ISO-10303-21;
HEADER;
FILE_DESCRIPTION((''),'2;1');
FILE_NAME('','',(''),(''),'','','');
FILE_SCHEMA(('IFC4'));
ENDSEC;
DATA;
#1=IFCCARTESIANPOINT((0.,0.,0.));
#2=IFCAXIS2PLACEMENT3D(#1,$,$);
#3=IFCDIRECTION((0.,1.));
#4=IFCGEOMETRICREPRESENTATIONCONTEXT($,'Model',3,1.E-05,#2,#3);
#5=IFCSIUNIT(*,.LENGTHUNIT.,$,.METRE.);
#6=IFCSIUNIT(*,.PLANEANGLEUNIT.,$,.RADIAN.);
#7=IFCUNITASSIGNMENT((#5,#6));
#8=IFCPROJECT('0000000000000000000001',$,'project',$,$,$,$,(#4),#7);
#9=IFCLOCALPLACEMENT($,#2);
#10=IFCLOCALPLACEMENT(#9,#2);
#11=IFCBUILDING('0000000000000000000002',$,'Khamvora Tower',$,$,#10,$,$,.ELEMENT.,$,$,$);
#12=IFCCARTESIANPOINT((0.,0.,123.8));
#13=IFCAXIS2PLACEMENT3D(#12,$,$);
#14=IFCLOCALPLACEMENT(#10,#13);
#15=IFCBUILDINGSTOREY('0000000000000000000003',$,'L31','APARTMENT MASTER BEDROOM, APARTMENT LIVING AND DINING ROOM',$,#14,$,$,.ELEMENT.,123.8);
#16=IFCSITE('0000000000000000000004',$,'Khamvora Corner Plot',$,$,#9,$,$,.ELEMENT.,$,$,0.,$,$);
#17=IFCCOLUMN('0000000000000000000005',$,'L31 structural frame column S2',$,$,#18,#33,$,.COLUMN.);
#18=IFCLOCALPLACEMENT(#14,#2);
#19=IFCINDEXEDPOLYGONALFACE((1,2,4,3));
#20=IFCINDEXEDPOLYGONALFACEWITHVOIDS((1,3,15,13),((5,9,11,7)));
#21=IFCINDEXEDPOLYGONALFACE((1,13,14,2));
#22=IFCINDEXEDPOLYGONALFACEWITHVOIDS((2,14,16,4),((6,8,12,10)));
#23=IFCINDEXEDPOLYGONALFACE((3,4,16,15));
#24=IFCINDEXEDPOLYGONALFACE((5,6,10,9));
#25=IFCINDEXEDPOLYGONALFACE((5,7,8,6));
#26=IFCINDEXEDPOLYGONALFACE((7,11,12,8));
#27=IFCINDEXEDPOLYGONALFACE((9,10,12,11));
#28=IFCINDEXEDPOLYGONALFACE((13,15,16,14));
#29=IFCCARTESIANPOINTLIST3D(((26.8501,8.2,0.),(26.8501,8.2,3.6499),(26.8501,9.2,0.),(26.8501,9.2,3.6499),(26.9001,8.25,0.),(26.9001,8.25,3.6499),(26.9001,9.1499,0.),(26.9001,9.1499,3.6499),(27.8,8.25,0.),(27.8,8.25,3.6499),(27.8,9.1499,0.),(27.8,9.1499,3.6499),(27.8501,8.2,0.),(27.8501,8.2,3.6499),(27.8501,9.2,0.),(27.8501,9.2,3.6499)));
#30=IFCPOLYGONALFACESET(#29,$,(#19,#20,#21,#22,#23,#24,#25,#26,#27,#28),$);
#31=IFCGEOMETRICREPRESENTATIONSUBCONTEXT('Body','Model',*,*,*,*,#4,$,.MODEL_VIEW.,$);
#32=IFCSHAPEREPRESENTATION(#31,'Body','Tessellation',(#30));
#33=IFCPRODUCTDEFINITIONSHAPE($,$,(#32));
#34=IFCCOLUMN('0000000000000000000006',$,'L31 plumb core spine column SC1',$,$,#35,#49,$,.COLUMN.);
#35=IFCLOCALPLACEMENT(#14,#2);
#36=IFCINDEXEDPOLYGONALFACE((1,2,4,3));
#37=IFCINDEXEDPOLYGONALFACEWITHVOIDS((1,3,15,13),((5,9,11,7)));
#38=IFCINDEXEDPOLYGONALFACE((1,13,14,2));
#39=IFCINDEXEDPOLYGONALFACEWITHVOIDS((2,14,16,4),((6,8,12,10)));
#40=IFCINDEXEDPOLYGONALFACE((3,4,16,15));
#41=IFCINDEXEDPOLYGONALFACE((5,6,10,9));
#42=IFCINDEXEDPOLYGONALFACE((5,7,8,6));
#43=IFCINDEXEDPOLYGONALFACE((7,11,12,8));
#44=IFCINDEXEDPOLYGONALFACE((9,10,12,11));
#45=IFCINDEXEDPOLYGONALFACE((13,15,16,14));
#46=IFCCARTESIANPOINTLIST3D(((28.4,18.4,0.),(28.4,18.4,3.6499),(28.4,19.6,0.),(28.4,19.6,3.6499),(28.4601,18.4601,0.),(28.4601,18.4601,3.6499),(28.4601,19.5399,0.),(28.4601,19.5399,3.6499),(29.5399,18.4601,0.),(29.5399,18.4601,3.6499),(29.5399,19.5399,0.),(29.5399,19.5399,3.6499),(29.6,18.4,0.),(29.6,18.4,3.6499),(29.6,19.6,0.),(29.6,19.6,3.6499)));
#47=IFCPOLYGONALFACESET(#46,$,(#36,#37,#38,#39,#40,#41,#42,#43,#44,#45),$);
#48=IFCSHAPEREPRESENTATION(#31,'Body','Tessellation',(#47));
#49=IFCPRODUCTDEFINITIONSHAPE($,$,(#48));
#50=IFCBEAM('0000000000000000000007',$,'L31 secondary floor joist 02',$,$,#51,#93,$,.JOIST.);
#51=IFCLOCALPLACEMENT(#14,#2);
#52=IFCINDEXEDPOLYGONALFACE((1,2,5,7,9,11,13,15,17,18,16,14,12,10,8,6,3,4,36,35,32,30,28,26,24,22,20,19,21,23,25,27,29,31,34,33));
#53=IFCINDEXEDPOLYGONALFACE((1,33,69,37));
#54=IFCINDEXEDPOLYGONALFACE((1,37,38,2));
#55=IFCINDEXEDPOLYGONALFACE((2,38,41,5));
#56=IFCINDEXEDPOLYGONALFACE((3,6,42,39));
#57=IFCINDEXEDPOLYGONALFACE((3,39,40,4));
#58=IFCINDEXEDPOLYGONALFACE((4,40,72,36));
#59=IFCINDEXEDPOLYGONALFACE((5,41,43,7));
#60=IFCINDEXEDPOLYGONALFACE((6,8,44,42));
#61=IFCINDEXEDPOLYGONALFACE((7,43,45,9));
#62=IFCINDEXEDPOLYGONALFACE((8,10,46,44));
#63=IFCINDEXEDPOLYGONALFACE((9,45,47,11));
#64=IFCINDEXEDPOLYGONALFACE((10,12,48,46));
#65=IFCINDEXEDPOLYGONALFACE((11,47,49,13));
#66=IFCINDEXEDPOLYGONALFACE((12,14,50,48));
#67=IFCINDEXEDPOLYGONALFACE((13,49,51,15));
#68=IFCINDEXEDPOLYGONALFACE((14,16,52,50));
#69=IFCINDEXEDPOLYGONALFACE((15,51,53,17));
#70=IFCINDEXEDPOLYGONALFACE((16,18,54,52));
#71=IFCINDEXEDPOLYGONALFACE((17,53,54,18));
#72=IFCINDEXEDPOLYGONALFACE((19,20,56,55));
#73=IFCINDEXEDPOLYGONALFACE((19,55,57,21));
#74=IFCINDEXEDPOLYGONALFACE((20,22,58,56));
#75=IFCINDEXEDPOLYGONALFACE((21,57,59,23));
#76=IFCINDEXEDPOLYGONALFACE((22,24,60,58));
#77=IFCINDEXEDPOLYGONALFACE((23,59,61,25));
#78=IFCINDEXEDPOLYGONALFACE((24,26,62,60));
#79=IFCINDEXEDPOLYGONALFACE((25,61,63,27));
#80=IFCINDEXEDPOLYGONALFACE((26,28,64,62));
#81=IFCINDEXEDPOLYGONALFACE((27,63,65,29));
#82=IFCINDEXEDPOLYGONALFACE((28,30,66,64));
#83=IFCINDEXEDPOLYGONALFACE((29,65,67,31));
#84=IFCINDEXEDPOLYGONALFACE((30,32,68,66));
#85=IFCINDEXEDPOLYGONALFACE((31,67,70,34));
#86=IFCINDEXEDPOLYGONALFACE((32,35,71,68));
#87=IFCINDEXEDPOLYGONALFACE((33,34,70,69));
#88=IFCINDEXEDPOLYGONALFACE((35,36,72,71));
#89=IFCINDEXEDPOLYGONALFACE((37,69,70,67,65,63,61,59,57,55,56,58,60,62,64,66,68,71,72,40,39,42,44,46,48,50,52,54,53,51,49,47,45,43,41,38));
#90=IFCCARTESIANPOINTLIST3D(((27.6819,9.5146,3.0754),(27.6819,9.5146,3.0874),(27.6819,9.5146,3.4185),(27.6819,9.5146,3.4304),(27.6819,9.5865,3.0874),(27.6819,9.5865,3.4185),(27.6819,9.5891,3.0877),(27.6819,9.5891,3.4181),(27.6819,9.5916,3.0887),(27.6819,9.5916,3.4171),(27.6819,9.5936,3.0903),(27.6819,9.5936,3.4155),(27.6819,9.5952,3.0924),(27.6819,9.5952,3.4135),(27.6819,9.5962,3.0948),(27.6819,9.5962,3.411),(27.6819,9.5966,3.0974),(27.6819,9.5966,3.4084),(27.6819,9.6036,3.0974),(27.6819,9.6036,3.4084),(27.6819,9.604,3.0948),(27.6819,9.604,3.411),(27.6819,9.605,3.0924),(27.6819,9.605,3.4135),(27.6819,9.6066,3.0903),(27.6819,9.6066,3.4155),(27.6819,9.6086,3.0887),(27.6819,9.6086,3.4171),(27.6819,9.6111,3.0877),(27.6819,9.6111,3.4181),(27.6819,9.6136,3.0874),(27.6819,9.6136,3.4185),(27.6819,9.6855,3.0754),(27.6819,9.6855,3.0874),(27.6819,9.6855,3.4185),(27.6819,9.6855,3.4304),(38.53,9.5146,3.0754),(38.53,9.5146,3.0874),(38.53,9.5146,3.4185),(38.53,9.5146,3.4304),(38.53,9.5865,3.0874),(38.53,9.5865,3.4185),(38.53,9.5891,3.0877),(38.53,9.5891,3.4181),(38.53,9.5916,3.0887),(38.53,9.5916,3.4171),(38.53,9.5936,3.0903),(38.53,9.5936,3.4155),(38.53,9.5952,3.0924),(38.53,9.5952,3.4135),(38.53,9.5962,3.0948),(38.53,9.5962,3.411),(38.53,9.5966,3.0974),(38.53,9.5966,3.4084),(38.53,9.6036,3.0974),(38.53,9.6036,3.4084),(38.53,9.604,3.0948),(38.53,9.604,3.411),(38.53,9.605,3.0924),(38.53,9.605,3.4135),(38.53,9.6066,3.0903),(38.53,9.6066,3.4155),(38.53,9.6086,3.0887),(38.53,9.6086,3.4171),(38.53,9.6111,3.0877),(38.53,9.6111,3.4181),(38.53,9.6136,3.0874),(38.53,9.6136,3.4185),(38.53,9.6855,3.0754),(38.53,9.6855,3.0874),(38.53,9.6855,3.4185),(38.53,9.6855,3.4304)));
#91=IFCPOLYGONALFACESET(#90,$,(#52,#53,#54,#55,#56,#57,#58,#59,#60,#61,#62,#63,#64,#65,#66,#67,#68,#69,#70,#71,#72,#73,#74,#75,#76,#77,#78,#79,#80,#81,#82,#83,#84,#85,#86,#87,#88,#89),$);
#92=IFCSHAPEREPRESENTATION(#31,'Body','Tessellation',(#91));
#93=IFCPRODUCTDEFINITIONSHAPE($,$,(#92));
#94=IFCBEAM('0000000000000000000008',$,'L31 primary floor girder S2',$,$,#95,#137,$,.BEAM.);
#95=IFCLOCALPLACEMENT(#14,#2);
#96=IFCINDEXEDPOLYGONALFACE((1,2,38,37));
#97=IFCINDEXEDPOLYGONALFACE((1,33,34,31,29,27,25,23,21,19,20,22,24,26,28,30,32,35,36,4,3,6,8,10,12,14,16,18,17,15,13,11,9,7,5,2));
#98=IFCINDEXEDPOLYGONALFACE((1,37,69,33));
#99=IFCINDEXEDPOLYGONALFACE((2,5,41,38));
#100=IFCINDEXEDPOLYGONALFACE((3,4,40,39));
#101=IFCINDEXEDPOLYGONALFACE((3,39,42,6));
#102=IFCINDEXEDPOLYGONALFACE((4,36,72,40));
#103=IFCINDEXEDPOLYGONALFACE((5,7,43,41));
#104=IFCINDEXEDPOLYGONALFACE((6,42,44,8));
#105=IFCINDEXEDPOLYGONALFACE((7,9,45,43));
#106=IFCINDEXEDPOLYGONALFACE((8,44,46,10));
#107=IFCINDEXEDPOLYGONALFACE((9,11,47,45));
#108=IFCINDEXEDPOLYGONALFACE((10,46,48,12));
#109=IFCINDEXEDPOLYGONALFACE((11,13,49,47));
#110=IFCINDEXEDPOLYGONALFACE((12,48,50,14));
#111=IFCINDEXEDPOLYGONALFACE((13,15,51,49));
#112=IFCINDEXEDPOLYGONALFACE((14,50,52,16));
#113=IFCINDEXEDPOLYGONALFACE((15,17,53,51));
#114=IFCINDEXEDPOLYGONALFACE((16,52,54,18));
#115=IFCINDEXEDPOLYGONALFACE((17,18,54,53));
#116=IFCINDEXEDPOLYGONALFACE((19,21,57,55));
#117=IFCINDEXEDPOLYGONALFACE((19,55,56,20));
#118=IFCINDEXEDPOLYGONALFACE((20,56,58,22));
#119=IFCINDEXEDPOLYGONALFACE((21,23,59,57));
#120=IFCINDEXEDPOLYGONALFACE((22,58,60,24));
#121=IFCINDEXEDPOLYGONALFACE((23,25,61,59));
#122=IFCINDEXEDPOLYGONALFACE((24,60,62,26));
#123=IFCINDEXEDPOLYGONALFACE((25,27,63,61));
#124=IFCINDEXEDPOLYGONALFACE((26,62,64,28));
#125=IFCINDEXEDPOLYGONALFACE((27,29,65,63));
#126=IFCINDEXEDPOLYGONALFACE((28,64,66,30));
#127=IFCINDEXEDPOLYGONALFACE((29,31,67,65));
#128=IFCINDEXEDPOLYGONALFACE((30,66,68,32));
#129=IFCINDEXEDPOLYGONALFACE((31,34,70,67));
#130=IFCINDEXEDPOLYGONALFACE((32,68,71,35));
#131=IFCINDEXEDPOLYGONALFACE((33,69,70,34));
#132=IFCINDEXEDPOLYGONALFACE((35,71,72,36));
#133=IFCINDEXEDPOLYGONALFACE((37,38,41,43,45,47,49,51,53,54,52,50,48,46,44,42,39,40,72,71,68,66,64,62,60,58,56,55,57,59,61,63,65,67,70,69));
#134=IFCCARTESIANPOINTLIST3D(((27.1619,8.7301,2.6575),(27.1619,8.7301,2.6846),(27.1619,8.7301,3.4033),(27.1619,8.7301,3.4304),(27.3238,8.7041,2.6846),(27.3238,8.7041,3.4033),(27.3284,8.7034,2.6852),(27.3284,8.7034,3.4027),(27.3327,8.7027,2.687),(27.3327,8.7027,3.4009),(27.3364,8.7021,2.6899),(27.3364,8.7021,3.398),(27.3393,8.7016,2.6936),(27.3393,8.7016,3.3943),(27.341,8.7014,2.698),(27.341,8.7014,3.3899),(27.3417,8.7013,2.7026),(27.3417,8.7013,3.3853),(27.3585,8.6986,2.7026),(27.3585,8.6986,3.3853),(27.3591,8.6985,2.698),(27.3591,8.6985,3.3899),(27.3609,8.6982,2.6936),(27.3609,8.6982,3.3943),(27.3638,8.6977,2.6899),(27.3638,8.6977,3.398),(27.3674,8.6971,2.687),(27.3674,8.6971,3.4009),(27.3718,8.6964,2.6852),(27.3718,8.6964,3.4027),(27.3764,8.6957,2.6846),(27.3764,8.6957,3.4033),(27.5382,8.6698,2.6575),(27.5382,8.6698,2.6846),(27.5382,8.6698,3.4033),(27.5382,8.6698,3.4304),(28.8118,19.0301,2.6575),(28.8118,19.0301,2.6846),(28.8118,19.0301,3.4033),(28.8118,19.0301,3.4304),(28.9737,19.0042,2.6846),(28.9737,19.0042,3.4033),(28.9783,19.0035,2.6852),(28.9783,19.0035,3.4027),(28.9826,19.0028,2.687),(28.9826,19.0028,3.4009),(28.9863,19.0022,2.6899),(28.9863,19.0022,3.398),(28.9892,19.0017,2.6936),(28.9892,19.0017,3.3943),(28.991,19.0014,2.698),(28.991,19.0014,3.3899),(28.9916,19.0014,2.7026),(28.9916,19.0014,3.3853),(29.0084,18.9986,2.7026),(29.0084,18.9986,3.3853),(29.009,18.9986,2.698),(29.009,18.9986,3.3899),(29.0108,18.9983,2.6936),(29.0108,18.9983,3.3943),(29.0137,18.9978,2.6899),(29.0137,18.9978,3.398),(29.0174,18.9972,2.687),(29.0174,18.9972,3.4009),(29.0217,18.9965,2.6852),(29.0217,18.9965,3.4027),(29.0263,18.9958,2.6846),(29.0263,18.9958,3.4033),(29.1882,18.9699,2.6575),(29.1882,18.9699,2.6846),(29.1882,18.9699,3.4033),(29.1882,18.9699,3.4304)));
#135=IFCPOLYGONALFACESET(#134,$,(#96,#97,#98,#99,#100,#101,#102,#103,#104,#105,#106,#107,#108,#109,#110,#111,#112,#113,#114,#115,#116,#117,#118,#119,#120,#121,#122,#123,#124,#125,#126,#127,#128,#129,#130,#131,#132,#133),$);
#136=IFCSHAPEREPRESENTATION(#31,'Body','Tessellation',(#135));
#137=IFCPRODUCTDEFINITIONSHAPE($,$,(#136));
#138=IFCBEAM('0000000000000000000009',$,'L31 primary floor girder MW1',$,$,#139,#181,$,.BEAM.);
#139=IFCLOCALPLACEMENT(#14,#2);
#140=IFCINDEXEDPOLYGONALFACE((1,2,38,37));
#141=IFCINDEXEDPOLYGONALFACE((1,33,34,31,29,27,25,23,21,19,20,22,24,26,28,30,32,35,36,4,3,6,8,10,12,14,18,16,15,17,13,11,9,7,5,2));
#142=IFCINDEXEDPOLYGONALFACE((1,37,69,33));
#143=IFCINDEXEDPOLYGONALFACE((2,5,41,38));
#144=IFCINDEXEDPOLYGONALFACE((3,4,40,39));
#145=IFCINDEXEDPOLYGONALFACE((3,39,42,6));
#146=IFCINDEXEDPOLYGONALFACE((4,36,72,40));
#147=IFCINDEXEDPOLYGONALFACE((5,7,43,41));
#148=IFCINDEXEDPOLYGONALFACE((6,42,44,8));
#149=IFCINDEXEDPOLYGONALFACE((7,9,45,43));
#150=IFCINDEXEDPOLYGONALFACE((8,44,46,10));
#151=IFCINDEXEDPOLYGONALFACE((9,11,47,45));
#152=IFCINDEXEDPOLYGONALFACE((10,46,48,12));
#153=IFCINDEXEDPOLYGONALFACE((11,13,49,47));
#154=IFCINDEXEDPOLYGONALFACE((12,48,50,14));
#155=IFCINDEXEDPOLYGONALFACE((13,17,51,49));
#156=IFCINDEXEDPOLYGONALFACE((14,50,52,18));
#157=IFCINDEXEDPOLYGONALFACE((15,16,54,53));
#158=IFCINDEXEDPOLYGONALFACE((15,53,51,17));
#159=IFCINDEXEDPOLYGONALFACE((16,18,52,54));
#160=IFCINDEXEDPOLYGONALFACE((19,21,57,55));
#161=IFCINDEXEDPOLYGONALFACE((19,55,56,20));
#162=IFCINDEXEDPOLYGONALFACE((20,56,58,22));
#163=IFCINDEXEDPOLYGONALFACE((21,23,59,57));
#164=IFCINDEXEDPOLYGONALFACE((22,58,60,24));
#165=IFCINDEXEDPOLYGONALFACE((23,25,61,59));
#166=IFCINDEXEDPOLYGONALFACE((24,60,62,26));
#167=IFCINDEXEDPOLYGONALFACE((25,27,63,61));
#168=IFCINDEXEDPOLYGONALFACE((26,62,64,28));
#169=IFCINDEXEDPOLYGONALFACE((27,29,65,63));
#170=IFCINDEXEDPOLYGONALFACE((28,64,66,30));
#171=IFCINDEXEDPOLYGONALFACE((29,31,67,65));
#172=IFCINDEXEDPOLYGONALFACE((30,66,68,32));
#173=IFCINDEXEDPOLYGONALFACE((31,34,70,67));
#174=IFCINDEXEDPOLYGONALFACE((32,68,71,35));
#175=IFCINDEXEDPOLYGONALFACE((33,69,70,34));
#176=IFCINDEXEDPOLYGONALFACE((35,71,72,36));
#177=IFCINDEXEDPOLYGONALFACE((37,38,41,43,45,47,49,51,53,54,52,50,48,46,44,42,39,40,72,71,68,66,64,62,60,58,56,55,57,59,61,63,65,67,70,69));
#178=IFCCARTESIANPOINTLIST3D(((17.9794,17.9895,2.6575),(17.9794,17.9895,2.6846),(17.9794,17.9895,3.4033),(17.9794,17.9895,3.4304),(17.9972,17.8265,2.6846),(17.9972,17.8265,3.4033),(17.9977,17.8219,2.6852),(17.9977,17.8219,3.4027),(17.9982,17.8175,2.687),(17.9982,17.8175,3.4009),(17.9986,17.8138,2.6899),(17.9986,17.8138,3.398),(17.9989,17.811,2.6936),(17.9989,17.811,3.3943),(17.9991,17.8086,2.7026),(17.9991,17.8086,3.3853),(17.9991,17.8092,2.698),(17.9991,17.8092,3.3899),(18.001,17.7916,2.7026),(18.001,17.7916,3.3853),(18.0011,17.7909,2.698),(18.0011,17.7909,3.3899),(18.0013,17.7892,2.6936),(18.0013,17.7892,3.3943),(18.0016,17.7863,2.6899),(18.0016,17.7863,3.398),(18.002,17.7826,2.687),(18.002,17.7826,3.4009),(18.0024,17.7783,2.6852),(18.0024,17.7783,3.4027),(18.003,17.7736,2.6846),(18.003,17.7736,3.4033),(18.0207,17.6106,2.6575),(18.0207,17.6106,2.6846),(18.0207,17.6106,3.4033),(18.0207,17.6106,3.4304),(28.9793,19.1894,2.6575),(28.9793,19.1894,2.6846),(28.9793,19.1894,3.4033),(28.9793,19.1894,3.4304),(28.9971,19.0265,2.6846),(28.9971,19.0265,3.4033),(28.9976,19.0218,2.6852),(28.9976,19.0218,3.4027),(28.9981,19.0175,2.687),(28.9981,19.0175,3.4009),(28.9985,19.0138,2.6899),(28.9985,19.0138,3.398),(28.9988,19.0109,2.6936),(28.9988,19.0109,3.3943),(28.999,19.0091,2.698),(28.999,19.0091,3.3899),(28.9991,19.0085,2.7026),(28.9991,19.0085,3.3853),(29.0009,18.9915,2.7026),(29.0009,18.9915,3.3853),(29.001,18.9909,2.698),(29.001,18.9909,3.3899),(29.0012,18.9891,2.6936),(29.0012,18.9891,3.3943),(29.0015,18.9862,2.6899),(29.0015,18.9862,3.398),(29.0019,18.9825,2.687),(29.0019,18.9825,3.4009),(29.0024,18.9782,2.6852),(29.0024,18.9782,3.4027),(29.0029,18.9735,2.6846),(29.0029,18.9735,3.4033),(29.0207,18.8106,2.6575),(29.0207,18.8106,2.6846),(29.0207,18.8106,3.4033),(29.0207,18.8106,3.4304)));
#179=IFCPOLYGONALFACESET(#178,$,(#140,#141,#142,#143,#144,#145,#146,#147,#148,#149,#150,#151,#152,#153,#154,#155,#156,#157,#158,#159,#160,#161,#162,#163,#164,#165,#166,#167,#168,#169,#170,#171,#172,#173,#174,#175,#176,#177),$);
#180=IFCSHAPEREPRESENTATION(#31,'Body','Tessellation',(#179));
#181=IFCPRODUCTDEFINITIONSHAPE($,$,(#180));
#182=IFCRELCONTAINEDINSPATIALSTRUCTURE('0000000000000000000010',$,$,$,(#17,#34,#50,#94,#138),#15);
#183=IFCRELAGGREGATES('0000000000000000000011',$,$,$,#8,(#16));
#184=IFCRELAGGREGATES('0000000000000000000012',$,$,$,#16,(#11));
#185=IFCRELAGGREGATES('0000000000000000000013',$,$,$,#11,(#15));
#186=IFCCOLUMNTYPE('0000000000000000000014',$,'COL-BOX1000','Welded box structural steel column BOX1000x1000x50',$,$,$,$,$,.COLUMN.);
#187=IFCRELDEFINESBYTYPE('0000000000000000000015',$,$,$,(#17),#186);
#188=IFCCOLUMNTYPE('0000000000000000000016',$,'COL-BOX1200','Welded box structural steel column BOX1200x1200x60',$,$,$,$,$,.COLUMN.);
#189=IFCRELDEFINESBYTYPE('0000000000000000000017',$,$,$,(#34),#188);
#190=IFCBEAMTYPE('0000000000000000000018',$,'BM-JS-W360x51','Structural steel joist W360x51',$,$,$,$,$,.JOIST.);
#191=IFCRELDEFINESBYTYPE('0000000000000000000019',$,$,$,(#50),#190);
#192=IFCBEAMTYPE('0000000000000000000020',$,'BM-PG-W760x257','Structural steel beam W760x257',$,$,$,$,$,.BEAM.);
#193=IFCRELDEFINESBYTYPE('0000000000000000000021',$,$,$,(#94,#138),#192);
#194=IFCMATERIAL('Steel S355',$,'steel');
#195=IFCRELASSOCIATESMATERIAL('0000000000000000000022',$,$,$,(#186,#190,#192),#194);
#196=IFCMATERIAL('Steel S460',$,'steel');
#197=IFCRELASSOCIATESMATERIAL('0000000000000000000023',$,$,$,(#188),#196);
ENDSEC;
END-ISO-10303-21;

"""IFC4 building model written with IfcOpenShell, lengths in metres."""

from ifc_helpers import new_model, si_unit, direction, frame, origin, origin_2d, place, context, subcontext, project, spatial, hollow_rectangle, i_section, extrude, material, material_profile, profile_set, type_object, element, save


model = new_model("IFC4")

# Units and contexts
model_context = context("Model", 3, precision=1e-05, world=origin(), true_north=direction((0.0, 1.0)))
body_context = subcontext(model_context, "Body", "Model", "MODEL_VIEW")
ifc_project = project(units=[si_unit("LENGTHUNIT", "METRE"), si_unit("PLANEANGLEUNIT", "RADIAN")], contexts=[model_context])

# Site, building, storey
site_placement = place(None, origin())
site = spatial("IfcSite", under=ifc_project, at=site_placement, Name="Khamvora Corner Plot", CompositionType="ELEMENT", RefElevation=0.0)
building_placement = place(site_placement, origin())
building = spatial("IfcBuilding", under=site, at=building_placement, Name="Khamvora Tower", CompositionType="ELEMENT")
storey_placement = place(building_placement, frame((0.0, 0.0, 123.8)))
storey = spatial("IfcBuildingStorey", under=building, at=storey_placement, Name="L31", Description="APARTMENT MASTER BEDROOM, APARTMENT LIVING AND DINING ROOM", CompositionType="ELEMENT", Elevation=123.8)

# Columns
ifc_material_1 = material(Name="Steel S355", Category="steel")
ifc_material_profile_1 = material_profile(ifc_material_1, hollow_rectangle(XDim=1.0, YDim=1.0, WallThickness=0.05, at=origin_2d()), Name="BOX1000x1000x50")
ifc_profile_set_1 = profile_set([ifc_material_profile_1], Name="Steel S355")
column_type_1 = type_object("IfcColumnType", Name="COL-BOX1000", Description="Welded box structural steel column BOX1000x1000x50", PredefinedType="COLUMN", material=ifc_profile_set_1)
column_1_placement = place(storey_placement, frame((27.3501, 8.7, 0.0), z_axis=(0.0, 0.0, 1.0), x_axis=(1.0, 0.0, 0.0)))
element("IfcColumn", 1, at=column_1_placement, inside=storey, type_object=column_type_1, Name="L31 structural frame column S2", PredefinedType="COLUMN", context=body_context, shape_type="SweptSolid", body=[
    extrude(hollow_rectangle(XDim=1.0, YDim=1.0, WallThickness=0.05, at=origin_2d()), origin(), (0.0, 0.0, 1.0), 3.6499),
])
ifc_material_2 = material(Name="Steel S460", Category="steel")
ifc_material_profile_2 = material_profile(ifc_material_2, hollow_rectangle(XDim=1.2, YDim=1.2, WallThickness=0.0601, at=origin_2d()), Name="BOX1200x1200x60")
ifc_profile_set_2 = profile_set([ifc_material_profile_2], Name="Steel S460")
column_type_2 = type_object("IfcColumnType", Name="COL-BOX1200", Description="Welded box structural steel column BOX1200x1200x60", PredefinedType="COLUMN", material=ifc_profile_set_2)
column_2_placement = place(storey_placement, frame((29.0, 19.0, 0.0), z_axis=(0.0, 0.0, 1.0), x_axis=(1.0, 0.0, 0.0)))
element("IfcColumn", 2, at=column_2_placement, inside=storey, type_object=column_type_2, Name="L31 plumb core spine column SC1", PredefinedType="COLUMN", context=body_context, shape_type="SweptSolid", body=[
    extrude(hollow_rectangle(XDim=1.2, YDim=1.2, WallThickness=0.0601, at=origin_2d()), origin(), (0.0, 0.0, 1.0), 3.6499),
])

# Beams
ifc_material_profile_3 = material_profile(ifc_material_1, i_section(OverallWidth=0.1709, OverallDepth=0.355, WebThickness=0.0071, FlangeThickness=0.012, FilletRadius=0.01, at=origin_2d()), Name="W360x51")
ifc_profile_set_3 = profile_set([ifc_material_profile_3], Name="Steel S355")
beam_type_1 = type_object("IfcBeamType", Name="BM-JS-W360x51", Description="Structural steel joist W360x51", PredefinedType="JOIST", material=ifc_profile_set_3)
beam_1_placement = place(storey_placement, frame((27.6819, 9.6001, 3.2529), z_axis=(1.0, 0.0, 0.0), x_axis=(0.0, 1.0, 0.0)))
element("IfcBeam", 3, at=beam_1_placement, inside=storey, type_object=beam_type_1, Name="L31 secondary floor joist 02", PredefinedType="JOIST", context=body_context, shape_type="SweptSolid", body=[
    extrude(i_section(OverallWidth=0.1709, OverallDepth=0.355, WebThickness=0.0071, FlangeThickness=0.012, FilletRadius=0.01, at=origin_2d()), origin(), (0.0, 0.0, 1.0), 10.8481),
])
ifc_material_profile_4 = material_profile(ifc_material_1, i_section(OverallWidth=0.3811, OverallDepth=0.7729, WebThickness=0.0171, FlangeThickness=0.0271, FilletRadius=0.0181, at=origin_2d()), Name="W760x257")
ifc_profile_set_4 = profile_set([ifc_material_profile_4], Name="Steel S355")
beam_type_2 = type_object("IfcBeamType", Name="BM-PG-W760x257", Description="Structural steel beam W760x257", PredefinedType="BEAM", material=ifc_profile_set_4)
beam_2_placement = place(storey_placement, frame((29.0, 19.0, 3.0439), z_axis=(-0.158168, -0.987412, 0.0), x_axis=(0.987412, -0.158168, 0.0)))
element("IfcBeam", 4, at=beam_2_placement, inside=storey, type_object=beam_type_2, Name="L31 primary floor girder S2", PredefinedType="BEAM", context=body_context, shape_type="SweptSolid", body=[
    extrude(i_section(OverallWidth=0.3811, OverallDepth=0.7729, WebThickness=0.0171, FlangeThickness=0.0271, FilletRadius=0.0181, at=origin_2d()), origin(), (0.0, 0.0, 1.0), 10.4314),
])
beam_3_placement = place(storey_placement, frame((29.0, 19.0, 3.0439), z_axis=(-0.994103, -0.108443, 0.0), x_axis=(0.108443, -0.994103, 0.0)))
element("IfcBeam", 5, at=beam_3_placement, inside=storey, type_object=beam_type_2, Name="L31 primary floor girder MW1", PredefinedType="BEAM", context=body_context, shape_type="SweptSolid", body=[
    extrude(i_section(OverallWidth=0.3811, OverallDepth=0.7729, WebThickness=0.0171, FlangeThickness=0.0271, FilletRadius=0.0181, at=origin_2d()), origin(), (0.0, 0.0, 1.0), 11.0652),
])

save(model, "model.ifc")
